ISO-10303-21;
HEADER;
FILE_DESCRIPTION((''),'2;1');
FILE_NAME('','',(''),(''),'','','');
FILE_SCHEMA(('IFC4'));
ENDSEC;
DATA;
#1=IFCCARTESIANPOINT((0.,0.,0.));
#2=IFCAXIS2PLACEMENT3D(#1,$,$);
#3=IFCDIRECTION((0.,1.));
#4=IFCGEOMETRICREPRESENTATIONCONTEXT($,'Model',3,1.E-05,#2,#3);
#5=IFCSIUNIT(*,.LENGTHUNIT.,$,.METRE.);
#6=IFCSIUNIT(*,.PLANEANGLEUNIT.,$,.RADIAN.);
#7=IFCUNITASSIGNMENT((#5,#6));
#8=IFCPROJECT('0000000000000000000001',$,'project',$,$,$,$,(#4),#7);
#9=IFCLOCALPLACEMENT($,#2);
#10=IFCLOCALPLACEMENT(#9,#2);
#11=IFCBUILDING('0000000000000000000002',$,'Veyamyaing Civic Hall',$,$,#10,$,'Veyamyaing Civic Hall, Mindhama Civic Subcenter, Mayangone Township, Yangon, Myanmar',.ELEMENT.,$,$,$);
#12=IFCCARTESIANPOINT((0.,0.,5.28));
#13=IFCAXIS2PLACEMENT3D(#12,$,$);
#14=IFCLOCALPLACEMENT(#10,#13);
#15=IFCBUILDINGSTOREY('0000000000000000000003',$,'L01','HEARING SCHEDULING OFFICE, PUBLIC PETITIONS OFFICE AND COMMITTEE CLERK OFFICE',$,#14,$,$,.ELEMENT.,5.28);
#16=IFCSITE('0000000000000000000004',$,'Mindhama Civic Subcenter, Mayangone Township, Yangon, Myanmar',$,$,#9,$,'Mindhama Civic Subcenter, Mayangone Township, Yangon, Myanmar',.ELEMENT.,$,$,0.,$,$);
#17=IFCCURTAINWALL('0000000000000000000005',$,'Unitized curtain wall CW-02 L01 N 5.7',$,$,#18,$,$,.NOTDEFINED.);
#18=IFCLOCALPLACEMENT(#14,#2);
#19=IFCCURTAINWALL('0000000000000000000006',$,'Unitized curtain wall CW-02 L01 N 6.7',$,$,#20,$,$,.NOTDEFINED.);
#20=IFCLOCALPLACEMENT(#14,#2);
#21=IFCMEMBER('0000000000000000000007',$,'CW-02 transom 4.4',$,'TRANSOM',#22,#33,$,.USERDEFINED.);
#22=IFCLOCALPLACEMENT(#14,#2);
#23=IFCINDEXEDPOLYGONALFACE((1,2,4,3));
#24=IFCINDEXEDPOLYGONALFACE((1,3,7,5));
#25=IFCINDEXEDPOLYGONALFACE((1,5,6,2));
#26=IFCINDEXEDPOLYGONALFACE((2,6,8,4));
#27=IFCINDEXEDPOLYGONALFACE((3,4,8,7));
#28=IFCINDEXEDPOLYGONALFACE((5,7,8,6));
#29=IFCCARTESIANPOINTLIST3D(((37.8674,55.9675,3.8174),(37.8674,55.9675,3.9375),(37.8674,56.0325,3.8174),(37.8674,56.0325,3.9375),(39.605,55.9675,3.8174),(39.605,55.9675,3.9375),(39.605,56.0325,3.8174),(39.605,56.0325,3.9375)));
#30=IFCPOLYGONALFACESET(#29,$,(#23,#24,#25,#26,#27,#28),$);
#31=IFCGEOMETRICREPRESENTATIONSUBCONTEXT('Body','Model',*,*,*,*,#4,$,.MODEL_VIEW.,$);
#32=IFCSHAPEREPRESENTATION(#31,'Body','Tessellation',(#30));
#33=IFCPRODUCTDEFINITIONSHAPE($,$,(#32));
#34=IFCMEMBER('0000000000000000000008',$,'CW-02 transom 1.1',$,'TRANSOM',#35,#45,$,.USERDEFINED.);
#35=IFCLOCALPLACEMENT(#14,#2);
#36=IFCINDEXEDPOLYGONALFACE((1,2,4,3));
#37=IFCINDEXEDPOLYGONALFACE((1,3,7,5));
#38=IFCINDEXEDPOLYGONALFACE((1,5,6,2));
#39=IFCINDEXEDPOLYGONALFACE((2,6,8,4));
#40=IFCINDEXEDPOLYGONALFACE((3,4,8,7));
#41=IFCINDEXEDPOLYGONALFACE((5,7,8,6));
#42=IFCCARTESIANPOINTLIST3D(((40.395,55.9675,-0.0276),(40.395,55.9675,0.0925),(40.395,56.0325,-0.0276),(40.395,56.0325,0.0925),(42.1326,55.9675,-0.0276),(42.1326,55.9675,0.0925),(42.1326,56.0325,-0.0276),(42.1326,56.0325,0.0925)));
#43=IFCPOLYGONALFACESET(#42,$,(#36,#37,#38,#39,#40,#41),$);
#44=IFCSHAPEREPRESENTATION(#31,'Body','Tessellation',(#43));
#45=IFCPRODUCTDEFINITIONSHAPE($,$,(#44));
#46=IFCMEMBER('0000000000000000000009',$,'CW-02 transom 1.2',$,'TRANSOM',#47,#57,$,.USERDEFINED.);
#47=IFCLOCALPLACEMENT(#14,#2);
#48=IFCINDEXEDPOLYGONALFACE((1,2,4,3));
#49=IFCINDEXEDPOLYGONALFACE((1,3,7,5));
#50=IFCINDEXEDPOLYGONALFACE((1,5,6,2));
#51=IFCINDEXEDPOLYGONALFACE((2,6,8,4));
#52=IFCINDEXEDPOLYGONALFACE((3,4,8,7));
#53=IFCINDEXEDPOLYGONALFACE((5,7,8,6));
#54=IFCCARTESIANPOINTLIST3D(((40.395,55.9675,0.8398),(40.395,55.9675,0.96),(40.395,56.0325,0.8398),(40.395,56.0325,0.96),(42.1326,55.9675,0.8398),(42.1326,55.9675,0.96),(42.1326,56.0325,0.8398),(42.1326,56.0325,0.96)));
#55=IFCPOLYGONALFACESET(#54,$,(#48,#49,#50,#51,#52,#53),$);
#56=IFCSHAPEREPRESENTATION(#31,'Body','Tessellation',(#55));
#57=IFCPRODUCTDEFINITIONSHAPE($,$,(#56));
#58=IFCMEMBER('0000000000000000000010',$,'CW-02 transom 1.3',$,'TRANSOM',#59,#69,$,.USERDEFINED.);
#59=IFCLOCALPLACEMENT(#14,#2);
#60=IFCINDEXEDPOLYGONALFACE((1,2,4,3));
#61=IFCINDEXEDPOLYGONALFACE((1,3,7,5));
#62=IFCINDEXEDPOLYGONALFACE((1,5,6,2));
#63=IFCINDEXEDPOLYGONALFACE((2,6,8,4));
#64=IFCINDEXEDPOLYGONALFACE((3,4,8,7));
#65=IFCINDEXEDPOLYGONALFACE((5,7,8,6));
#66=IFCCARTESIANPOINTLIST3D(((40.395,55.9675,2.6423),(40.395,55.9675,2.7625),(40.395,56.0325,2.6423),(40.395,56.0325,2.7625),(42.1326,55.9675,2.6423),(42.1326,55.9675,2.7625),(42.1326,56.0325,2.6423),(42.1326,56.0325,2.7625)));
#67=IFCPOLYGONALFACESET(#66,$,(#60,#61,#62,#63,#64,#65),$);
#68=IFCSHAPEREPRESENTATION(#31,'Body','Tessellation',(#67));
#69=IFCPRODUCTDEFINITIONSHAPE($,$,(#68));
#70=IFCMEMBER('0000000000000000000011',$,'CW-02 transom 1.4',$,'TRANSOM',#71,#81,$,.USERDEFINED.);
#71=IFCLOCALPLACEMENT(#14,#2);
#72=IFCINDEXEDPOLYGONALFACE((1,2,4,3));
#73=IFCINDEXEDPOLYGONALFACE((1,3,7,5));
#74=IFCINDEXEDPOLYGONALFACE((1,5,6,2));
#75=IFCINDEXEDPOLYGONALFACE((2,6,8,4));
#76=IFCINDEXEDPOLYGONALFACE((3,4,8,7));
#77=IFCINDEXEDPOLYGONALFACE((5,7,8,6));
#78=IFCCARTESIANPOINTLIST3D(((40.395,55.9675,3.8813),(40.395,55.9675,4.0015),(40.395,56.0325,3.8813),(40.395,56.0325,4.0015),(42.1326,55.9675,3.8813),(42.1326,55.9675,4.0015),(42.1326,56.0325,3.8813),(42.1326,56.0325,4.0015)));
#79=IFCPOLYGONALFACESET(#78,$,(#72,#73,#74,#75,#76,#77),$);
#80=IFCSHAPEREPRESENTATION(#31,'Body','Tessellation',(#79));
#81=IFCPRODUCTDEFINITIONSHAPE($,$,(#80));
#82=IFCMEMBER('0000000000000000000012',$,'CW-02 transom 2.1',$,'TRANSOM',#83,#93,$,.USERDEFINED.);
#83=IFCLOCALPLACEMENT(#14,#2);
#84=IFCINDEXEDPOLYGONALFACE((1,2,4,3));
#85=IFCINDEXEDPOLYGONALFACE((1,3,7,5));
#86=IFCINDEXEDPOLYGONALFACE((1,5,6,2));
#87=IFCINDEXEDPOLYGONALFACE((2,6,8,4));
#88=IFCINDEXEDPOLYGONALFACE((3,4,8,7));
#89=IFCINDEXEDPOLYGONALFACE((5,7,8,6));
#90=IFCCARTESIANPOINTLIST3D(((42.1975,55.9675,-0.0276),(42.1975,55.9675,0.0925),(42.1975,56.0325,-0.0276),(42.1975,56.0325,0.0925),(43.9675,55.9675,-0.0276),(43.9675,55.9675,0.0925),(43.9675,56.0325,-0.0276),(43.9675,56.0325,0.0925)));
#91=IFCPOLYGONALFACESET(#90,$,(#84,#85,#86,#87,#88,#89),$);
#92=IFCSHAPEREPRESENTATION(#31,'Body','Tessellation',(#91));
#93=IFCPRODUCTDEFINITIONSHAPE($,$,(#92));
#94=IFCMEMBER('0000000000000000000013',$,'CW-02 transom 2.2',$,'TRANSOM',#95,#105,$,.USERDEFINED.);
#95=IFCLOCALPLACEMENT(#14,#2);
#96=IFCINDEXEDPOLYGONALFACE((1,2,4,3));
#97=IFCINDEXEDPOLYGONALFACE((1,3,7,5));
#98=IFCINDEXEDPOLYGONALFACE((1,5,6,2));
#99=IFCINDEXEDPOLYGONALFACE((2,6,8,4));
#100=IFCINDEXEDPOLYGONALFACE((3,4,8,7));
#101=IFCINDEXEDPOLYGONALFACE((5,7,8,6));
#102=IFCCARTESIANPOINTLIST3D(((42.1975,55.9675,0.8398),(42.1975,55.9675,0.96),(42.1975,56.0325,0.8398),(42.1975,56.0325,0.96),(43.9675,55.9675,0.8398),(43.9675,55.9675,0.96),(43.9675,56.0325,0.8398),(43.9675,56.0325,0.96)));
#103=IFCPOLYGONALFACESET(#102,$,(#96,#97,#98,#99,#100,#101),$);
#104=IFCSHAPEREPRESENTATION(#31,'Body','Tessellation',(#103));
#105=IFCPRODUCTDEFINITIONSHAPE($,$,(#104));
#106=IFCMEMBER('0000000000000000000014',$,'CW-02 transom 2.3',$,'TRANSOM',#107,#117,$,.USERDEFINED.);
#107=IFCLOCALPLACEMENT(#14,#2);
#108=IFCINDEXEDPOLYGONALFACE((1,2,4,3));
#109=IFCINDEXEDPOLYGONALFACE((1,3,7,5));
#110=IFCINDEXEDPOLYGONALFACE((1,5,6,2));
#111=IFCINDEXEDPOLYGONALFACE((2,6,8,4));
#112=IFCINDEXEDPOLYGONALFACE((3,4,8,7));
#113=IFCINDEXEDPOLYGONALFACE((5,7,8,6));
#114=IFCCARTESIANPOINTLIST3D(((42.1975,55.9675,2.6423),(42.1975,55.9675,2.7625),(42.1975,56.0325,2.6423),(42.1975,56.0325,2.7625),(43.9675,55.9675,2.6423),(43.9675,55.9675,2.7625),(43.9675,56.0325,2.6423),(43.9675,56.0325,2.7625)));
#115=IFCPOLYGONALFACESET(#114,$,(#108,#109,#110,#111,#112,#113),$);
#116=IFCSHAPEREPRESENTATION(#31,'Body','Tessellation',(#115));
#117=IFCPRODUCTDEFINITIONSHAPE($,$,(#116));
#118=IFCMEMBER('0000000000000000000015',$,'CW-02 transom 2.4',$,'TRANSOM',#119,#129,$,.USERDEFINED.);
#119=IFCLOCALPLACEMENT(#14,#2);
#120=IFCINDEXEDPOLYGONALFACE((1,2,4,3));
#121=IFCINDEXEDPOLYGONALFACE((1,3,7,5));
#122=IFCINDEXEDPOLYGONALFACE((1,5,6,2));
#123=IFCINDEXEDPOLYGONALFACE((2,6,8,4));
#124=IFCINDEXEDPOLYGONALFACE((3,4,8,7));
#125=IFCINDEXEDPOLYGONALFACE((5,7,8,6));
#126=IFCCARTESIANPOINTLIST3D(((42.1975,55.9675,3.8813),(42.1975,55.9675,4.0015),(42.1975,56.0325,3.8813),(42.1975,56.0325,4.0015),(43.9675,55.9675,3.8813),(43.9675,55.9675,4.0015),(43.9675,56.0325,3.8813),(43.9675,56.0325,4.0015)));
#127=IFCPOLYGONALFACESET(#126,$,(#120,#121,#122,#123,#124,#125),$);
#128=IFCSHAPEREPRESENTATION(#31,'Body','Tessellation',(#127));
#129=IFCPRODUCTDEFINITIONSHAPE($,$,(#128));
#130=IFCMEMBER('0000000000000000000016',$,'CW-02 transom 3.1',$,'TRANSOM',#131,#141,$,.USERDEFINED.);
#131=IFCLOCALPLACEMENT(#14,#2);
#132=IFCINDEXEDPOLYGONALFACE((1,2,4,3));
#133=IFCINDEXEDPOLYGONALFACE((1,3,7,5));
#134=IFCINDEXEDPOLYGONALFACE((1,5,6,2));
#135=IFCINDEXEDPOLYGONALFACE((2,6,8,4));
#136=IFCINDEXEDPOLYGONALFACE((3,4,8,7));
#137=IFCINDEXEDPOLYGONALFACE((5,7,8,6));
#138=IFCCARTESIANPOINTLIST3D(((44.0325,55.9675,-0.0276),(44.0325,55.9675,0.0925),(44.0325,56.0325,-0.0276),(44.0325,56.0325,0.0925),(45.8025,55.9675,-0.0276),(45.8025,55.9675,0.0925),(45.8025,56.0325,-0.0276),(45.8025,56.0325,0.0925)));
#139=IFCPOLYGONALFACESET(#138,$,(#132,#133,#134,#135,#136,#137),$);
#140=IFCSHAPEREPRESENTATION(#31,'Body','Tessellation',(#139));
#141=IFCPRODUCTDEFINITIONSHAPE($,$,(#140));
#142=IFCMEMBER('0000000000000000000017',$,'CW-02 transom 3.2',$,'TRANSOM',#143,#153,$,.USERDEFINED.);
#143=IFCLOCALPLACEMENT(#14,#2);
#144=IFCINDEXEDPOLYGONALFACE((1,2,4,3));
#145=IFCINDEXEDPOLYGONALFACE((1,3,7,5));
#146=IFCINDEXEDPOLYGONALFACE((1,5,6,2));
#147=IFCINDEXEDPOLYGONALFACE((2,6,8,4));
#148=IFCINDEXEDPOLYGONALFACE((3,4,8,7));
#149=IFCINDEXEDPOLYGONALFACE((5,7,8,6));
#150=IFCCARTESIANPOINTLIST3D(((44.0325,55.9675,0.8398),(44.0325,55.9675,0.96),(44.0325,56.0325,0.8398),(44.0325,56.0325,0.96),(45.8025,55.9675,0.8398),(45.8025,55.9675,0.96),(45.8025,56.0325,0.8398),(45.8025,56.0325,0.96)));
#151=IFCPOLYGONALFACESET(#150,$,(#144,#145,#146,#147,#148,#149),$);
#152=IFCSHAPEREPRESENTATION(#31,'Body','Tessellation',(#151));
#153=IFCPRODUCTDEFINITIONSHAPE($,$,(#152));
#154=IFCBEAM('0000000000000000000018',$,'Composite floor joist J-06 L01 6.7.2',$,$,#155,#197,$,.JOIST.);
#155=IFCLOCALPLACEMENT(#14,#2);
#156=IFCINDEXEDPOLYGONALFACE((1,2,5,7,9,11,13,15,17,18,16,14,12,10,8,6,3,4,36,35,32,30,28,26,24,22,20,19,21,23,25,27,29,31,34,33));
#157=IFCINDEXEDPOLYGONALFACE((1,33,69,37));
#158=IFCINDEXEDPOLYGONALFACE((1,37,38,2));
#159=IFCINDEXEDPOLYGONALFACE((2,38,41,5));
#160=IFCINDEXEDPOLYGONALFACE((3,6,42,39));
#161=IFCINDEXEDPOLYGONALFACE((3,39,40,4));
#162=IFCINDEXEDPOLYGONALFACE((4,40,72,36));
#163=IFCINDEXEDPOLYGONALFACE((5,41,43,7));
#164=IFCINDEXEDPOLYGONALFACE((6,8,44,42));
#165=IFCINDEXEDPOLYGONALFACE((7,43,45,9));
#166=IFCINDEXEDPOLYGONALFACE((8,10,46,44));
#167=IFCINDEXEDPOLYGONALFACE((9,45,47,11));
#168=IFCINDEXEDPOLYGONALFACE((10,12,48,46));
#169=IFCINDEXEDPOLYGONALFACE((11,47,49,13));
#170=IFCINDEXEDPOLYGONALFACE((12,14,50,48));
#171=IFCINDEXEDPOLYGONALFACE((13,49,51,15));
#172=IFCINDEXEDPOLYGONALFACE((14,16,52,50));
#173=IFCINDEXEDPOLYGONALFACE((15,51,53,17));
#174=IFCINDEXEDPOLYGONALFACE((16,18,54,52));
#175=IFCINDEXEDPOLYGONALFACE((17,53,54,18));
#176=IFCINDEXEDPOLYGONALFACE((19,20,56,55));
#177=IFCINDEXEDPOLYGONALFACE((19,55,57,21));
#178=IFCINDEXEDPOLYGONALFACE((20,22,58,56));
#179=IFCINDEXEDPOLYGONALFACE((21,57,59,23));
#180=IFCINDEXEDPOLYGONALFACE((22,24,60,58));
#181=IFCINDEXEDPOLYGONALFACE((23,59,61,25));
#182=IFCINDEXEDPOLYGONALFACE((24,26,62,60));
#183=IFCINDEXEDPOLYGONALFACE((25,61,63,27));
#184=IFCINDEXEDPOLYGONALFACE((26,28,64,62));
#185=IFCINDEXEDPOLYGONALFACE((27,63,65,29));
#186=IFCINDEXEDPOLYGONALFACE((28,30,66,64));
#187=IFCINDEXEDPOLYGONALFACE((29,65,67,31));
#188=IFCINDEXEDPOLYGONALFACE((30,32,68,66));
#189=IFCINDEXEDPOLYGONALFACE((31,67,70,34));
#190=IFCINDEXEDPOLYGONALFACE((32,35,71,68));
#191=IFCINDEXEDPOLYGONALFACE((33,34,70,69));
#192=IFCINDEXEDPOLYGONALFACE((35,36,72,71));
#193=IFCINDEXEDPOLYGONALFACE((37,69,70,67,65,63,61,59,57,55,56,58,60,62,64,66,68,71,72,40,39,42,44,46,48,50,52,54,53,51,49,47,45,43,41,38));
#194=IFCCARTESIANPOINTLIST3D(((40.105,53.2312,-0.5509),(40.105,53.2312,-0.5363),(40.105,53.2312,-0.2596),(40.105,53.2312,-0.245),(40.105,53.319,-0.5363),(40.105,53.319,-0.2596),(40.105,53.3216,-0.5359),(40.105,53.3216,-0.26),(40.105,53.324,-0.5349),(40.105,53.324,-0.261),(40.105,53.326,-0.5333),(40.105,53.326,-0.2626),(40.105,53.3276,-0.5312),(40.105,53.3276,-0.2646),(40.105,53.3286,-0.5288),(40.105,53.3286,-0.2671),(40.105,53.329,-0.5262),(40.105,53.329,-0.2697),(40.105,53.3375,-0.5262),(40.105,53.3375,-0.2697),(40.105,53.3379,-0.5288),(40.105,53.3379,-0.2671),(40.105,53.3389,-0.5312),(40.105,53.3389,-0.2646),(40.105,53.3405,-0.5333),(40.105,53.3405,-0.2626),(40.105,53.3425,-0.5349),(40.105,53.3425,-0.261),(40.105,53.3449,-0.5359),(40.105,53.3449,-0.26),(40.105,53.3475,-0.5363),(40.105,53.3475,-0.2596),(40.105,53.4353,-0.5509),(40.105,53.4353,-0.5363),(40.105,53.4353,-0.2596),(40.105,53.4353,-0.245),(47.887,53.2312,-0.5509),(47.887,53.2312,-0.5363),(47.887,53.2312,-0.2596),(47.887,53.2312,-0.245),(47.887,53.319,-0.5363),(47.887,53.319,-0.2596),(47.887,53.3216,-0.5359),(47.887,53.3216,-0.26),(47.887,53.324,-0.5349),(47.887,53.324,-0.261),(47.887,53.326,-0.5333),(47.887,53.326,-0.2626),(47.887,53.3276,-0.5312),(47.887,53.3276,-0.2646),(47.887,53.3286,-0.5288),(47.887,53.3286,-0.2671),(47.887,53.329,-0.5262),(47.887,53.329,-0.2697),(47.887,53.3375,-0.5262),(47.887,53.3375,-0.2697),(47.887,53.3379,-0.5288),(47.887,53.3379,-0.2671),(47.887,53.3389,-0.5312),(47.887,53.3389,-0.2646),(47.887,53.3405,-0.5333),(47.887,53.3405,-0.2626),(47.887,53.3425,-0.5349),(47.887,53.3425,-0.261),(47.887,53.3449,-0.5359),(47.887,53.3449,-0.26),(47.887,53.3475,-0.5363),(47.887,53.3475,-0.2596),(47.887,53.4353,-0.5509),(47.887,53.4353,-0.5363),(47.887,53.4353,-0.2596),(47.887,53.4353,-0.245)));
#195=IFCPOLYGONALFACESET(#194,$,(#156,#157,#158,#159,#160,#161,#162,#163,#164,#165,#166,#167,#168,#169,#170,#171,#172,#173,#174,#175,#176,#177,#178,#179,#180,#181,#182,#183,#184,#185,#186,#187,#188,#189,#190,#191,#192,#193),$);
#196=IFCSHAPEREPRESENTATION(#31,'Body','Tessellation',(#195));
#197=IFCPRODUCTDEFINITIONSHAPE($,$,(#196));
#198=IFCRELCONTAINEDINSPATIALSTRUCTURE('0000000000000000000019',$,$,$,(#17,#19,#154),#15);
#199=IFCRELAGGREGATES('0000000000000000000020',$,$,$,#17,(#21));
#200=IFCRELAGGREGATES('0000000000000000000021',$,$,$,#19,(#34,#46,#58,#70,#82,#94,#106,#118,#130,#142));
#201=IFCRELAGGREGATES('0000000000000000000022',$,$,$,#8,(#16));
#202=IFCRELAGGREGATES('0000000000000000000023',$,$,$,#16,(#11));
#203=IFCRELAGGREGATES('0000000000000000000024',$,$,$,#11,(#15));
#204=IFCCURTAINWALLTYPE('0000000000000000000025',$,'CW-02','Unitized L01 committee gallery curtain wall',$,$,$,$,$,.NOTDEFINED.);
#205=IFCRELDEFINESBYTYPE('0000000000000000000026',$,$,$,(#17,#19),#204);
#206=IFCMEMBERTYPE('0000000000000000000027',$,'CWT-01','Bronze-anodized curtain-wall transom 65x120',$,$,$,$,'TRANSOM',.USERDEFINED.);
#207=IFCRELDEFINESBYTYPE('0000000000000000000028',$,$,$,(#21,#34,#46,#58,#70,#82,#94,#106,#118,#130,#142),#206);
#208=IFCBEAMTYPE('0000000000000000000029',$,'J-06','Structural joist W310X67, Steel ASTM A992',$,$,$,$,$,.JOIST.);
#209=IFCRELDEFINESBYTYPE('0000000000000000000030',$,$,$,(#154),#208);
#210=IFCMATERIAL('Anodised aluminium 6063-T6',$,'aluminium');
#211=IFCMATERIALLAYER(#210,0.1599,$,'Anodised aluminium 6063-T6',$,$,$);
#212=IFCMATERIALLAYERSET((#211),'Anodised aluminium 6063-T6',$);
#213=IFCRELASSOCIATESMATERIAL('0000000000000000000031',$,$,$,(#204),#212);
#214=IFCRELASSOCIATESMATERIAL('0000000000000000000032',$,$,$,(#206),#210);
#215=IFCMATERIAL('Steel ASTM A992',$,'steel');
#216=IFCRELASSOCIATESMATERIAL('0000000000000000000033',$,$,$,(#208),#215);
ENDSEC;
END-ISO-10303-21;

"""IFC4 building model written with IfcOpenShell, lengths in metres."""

from ifc_helpers import new_model, si_unit, direction, frame, origin, origin_2d, place, context, subcontext, project, spatial, rectangle, i_section, extrude, material, layer, layer_set, material_profile, profile_set, type_object, element, aggregate, save


model = new_model("IFC4")

# Units and contexts
model_context = context("Model", 3, precision=1e-05, world=origin(), true_north=direction((0.0, 1.0)))
body_context = subcontext(model_context, "Body", "Model", "MODEL_VIEW")
ifc_project = project(units=[si_unit("LENGTHUNIT", "METRE"), si_unit("PLANEANGLEUNIT", "RADIAN")], contexts=[model_context])

# Site, building, storey
site_placement = place(None, origin())
site = spatial("IfcSite", under=ifc_project, at=site_placement, Name="Mindhama Civic Subcenter, Mayangone Township, Yangon, Myanmar", LongName="Mindhama Civic Subcenter, Mayangone Township, Yangon, Myanmar", CompositionType="ELEMENT", RefElevation=0.0)
building_placement = place(site_placement, origin())
building = spatial("IfcBuilding", under=site, at=building_placement, Name="Veyamyaing Civic Hall", LongName="Veyamyaing Civic Hall, Mindhama Civic Subcenter, Mayangone Township, Yangon, Myanmar", CompositionType="ELEMENT")
storey_placement = place(building_placement, frame((0.0, 0.0, 5.28)))
storey = spatial("IfcBuildingStorey", under=building, at=storey_placement, Name="L01", Description="HEARING SCHEDULING OFFICE, PUBLIC PETITIONS OFFICE AND COMMITTEE CLERK OFFICE", CompositionType="ELEMENT", Elevation=5.28)

# Shared definitions
ifc_material_1 = material(Name="Steel ASTM A992", Category="steel")

# Curtain walls
ifc_material_2 = material(Name="Anodised aluminium 6063-T6", Category="aluminium")
ifc_layer_1 = layer(ifc_material_2, 0.1599, Name="Anodised aluminium 6063-T6")
ifc_layer_set_1 = layer_set([ifc_layer_1], Name="Anodised aluminium 6063-T6")
curtain_wall_type = type_object("IfcCurtainWallType", Name="CW-02", Description="Unitized L01 committee gallery curtain wall", PredefinedType="NOTDEFINED", material=ifc_layer_set_1)
curtain_wall_1_placement = place(storey_placement, origin())
curtain_wall_1 = element("IfcCurtainWall", 1, at=curtain_wall_1_placement, inside=storey, type_object=curtain_wall_type, Name="Unitized curtain wall CW-02 L01 N 5.7", PredefinedType="NOTDEFINED")
curtain_wall_2_placement = place(storey_placement, origin())
curtain_wall_2 = element("IfcCurtainWall", 2, at=curtain_wall_2_placement, inside=storey, type_object=curtain_wall_type, Name="Unitized curtain wall CW-02 L01 N 6.7", PredefinedType="NOTDEFINED")

# Members
ifc_material_profile_1 = material_profile(ifc_material_2, rectangle(XDim=0.0649, YDim=0.1201, at=origin_2d()), Name="ALU-TRN-65X120")
ifc_profile_set_1 = profile_set([ifc_material_profile_1], Name="Anodised aluminium 6063-T6")
member_type_1 = type_object("IfcMemberType", Name="CWT-01", Description="Bronze-anodized curtain-wall transom 65x120", ElementType="TRANSOM", PredefinedType="USERDEFINED", material=ifc_profile_set_1)
member_1_placement = place(storey_placement, frame((37.8674, 56.0, 3.8774), z_axis=(1.0, 0.0, 0.0), x_axis=(0.0, 1.0, 0.0)))
member_1 = element("IfcMember", 3, at=member_1_placement, type_object=member_type_1, Name="CW-02 transom 4.4", ObjectType="TRANSOM", PredefinedType="USERDEFINED", context=body_context, shape_type="SweptSolid", body=[
    extrude(rectangle(XDim=0.0649, YDim=0.1201, at=origin_2d()), origin(), (0.0, 0.0, 1.0), 1.7375),
])
member_2_placement = place(storey_placement, frame((40.395, 56.0, 0.0325), z_axis=(1.0, 0.0, 0.0), x_axis=(0.0, 1.0, 0.0)))
member_2 = element("IfcMember", 4, at=member_2_placement, type_object=member_type_1, Name="CW-02 transom 1.1", ObjectType="TRANSOM", PredefinedType="USERDEFINED", context=body_context, shape_type="SweptSolid", body=[
    extrude(rectangle(XDim=0.0649, YDim=0.1201, at=origin_2d()), origin(), (0.0, 0.0, 1.0), 1.7375),
])
member_3_placement = place(storey_placement, frame((40.395, 56.0, 0.8999), z_axis=(1.0, 0.0, 0.0), x_axis=(0.0, 1.0, 0.0)))
member_3 = element("IfcMember", 5, at=member_3_placement, type_object=member_type_1, Name="CW-02 transom 1.2", ObjectType="TRANSOM", PredefinedType="USERDEFINED", context=body_context, shape_type="SweptSolid", body=[
    extrude(rectangle(XDim=0.0649, YDim=0.1201, at=origin_2d()), origin(), (0.0, 0.0, 1.0), 1.7375),
])
member_4_placement = place(storey_placement, frame((40.395, 56.0, 2.7024), z_axis=(1.0, 0.0, 0.0), x_axis=(0.0, 1.0, 0.0)))
member_4 = element("IfcMember", 6, at=member_4_placement, type_object=member_type_1, Name="CW-02 transom 1.3", ObjectType="TRANSOM", PredefinedType="USERDEFINED", context=body_context, shape_type="SweptSolid", body=[
    extrude(rectangle(XDim=0.0649, YDim=0.1201, at=origin_2d()), origin(), (0.0, 0.0, 1.0), 1.7375),
])
member_5_placement = place(storey_placement, frame((40.395, 56.0, 3.9414), z_axis=(1.0, 0.0, 0.0), x_axis=(0.0, 1.0, 0.0)))
member_5 = element("IfcMember", 7, at=member_5_placement, type_object=member_type_1, Name="CW-02 transom 1.4", ObjectType="TRANSOM", PredefinedType="USERDEFINED", context=body_context, shape_type="SweptSolid", body=[
    extrude(rectangle(XDim=0.0649, YDim=0.1201, at=origin_2d()), origin(), (0.0, 0.0, 1.0), 1.7375),
])
member_6_placement = place(storey_placement, frame((42.1975, 56.0, 0.0325), z_axis=(1.0, 0.0, 0.0), x_axis=(0.0, 1.0, 0.0)))
member_6 = element("IfcMember", 8, at=member_6_placement, type_object=member_type_1, Name="CW-02 transom 2.1", ObjectType="TRANSOM", PredefinedType="USERDEFINED", context=body_context, shape_type="SweptSolid", body=[
    extrude(rectangle(XDim=0.0649, YDim=0.1201, at=origin_2d()), origin(), (0.0, 0.0, 1.0), 1.77),
])
member_7_placement = place(storey_placement, frame((42.1975, 56.0, 0.8999), z_axis=(1.0, 0.0, 0.0), x_axis=(0.0, 1.0, 0.0)))
member_7 = element("IfcMember", 9, at=member_7_placement, type_object=member_type_1, Name="CW-02 transom 2.2", ObjectType="TRANSOM", PredefinedType="USERDEFINED", context=body_context, shape_type="SweptSolid", body=[
    extrude(rectangle(XDim=0.0649, YDim=0.1201, at=origin_2d()), origin(), (0.0, 0.0, 1.0), 1.77),
])
member_8_placement = place(storey_placement, frame((42.1975, 56.0, 2.7024), z_axis=(1.0, 0.0, 0.0), x_axis=(0.0, 1.0, 0.0)))
member_8 = element("IfcMember", 10, at=member_8_placement, type_object=member_type_1, Name="CW-02 transom 2.3", ObjectType="TRANSOM", PredefinedType="USERDEFINED", context=body_context, shape_type="SweptSolid", body=[
    extrude(rectangle(XDim=0.0649, YDim=0.1201, at=origin_2d()), origin(), (0.0, 0.0, 1.0), 1.77),
])
member_9_placement = place(storey_placement, frame((42.1975, 56.0, 3.9414), z_axis=(1.0, 0.0, 0.0), x_axis=(0.0, 1.0, 0.0)))
member_9 = element("IfcMember", 11, at=member_9_placement, type_object=member_type_1, Name="CW-02 transom 2.4", ObjectType="TRANSOM", PredefinedType="USERDEFINED", context=body_context, shape_type="SweptSolid", body=[
    extrude(rectangle(XDim=0.0649, YDim=0.1201, at=origin_2d()), origin(), (0.0, 0.0, 1.0), 1.77),
])
member_10_placement = place(storey_placement, frame((44.0325, 56.0, 0.0325), z_axis=(1.0, 0.0, 0.0), x_axis=(0.0, 1.0, 0.0)))
member_10 = element("IfcMember", 12, at=member_10_placement, type_object=member_type_1, Name="CW-02 transom 3.1", ObjectType="TRANSOM", PredefinedType="USERDEFINED", context=body_context, shape_type="SweptSolid", body=[
    extrude(rectangle(XDim=0.0649, YDim=0.1201, at=origin_2d()), origin(), (0.0, 0.0, 1.0), 1.77),
])
member_11_placement = place(storey_placement, frame((44.0325, 56.0, 0.8999), z_axis=(1.0, 0.0, 0.0), x_axis=(0.0, 1.0, 0.0)))
member_11 = element("IfcMember", 13, at=member_11_placement, type_object=member_type_1, Name="CW-02 transom 3.2", ObjectType="TRANSOM", PredefinedType="USERDEFINED", context=body_context, shape_type="SweptSolid", body=[
    extrude(rectangle(XDim=0.0649, YDim=0.1201, at=origin_2d()), origin(), (0.0, 0.0, 1.0), 1.77),
])

# Beam
ifc_material_profile_2 = material_profile(ifc_material_1, i_section(OverallWidth=0.2041, OverallDepth=0.3059, WebThickness=0.0085, FlangeThickness=0.0146, FilletRadius=0.01, at=origin_2d()), Name="W310X67")
ifc_profile_set_2 = profile_set([ifc_material_profile_2], Name="Steel ASTM A992")
beam_type_1 = type_object("IfcBeamType", Name="J-06", Description="Structural joist W310X67, Steel ASTM A992", PredefinedType="JOIST", material=ifc_profile_set_2)
beam_1_placement = place(storey_placement, frame((40.105, 53.3333, -0.3979), z_axis=(1.0, 0.0, 0.0), x_axis=(0.0, 1.0, 0.0)))
element("IfcBeam", 14, at=beam_1_placement, inside=storey, type_object=beam_type_1, Name="Composite floor joist J-06 L01 6.7.2", PredefinedType="JOIST", context=body_context, shape_type="SweptSolid", body=[
    extrude(i_section(OverallWidth=0.2041, OverallDepth=0.3059, WebThickness=0.0085, FlangeThickness=0.0146, FilletRadius=0.01, at=origin_2d()), origin(), (0.0, 0.0, 1.0), 7.782),
])

aggregate(curtain_wall_1, [member_1])
aggregate(curtain_wall_2, [member_2, member_3, member_4, member_5, member_6, member_7, member_8, member_9, member_10, member_11])

save(model, "model.ifc")
